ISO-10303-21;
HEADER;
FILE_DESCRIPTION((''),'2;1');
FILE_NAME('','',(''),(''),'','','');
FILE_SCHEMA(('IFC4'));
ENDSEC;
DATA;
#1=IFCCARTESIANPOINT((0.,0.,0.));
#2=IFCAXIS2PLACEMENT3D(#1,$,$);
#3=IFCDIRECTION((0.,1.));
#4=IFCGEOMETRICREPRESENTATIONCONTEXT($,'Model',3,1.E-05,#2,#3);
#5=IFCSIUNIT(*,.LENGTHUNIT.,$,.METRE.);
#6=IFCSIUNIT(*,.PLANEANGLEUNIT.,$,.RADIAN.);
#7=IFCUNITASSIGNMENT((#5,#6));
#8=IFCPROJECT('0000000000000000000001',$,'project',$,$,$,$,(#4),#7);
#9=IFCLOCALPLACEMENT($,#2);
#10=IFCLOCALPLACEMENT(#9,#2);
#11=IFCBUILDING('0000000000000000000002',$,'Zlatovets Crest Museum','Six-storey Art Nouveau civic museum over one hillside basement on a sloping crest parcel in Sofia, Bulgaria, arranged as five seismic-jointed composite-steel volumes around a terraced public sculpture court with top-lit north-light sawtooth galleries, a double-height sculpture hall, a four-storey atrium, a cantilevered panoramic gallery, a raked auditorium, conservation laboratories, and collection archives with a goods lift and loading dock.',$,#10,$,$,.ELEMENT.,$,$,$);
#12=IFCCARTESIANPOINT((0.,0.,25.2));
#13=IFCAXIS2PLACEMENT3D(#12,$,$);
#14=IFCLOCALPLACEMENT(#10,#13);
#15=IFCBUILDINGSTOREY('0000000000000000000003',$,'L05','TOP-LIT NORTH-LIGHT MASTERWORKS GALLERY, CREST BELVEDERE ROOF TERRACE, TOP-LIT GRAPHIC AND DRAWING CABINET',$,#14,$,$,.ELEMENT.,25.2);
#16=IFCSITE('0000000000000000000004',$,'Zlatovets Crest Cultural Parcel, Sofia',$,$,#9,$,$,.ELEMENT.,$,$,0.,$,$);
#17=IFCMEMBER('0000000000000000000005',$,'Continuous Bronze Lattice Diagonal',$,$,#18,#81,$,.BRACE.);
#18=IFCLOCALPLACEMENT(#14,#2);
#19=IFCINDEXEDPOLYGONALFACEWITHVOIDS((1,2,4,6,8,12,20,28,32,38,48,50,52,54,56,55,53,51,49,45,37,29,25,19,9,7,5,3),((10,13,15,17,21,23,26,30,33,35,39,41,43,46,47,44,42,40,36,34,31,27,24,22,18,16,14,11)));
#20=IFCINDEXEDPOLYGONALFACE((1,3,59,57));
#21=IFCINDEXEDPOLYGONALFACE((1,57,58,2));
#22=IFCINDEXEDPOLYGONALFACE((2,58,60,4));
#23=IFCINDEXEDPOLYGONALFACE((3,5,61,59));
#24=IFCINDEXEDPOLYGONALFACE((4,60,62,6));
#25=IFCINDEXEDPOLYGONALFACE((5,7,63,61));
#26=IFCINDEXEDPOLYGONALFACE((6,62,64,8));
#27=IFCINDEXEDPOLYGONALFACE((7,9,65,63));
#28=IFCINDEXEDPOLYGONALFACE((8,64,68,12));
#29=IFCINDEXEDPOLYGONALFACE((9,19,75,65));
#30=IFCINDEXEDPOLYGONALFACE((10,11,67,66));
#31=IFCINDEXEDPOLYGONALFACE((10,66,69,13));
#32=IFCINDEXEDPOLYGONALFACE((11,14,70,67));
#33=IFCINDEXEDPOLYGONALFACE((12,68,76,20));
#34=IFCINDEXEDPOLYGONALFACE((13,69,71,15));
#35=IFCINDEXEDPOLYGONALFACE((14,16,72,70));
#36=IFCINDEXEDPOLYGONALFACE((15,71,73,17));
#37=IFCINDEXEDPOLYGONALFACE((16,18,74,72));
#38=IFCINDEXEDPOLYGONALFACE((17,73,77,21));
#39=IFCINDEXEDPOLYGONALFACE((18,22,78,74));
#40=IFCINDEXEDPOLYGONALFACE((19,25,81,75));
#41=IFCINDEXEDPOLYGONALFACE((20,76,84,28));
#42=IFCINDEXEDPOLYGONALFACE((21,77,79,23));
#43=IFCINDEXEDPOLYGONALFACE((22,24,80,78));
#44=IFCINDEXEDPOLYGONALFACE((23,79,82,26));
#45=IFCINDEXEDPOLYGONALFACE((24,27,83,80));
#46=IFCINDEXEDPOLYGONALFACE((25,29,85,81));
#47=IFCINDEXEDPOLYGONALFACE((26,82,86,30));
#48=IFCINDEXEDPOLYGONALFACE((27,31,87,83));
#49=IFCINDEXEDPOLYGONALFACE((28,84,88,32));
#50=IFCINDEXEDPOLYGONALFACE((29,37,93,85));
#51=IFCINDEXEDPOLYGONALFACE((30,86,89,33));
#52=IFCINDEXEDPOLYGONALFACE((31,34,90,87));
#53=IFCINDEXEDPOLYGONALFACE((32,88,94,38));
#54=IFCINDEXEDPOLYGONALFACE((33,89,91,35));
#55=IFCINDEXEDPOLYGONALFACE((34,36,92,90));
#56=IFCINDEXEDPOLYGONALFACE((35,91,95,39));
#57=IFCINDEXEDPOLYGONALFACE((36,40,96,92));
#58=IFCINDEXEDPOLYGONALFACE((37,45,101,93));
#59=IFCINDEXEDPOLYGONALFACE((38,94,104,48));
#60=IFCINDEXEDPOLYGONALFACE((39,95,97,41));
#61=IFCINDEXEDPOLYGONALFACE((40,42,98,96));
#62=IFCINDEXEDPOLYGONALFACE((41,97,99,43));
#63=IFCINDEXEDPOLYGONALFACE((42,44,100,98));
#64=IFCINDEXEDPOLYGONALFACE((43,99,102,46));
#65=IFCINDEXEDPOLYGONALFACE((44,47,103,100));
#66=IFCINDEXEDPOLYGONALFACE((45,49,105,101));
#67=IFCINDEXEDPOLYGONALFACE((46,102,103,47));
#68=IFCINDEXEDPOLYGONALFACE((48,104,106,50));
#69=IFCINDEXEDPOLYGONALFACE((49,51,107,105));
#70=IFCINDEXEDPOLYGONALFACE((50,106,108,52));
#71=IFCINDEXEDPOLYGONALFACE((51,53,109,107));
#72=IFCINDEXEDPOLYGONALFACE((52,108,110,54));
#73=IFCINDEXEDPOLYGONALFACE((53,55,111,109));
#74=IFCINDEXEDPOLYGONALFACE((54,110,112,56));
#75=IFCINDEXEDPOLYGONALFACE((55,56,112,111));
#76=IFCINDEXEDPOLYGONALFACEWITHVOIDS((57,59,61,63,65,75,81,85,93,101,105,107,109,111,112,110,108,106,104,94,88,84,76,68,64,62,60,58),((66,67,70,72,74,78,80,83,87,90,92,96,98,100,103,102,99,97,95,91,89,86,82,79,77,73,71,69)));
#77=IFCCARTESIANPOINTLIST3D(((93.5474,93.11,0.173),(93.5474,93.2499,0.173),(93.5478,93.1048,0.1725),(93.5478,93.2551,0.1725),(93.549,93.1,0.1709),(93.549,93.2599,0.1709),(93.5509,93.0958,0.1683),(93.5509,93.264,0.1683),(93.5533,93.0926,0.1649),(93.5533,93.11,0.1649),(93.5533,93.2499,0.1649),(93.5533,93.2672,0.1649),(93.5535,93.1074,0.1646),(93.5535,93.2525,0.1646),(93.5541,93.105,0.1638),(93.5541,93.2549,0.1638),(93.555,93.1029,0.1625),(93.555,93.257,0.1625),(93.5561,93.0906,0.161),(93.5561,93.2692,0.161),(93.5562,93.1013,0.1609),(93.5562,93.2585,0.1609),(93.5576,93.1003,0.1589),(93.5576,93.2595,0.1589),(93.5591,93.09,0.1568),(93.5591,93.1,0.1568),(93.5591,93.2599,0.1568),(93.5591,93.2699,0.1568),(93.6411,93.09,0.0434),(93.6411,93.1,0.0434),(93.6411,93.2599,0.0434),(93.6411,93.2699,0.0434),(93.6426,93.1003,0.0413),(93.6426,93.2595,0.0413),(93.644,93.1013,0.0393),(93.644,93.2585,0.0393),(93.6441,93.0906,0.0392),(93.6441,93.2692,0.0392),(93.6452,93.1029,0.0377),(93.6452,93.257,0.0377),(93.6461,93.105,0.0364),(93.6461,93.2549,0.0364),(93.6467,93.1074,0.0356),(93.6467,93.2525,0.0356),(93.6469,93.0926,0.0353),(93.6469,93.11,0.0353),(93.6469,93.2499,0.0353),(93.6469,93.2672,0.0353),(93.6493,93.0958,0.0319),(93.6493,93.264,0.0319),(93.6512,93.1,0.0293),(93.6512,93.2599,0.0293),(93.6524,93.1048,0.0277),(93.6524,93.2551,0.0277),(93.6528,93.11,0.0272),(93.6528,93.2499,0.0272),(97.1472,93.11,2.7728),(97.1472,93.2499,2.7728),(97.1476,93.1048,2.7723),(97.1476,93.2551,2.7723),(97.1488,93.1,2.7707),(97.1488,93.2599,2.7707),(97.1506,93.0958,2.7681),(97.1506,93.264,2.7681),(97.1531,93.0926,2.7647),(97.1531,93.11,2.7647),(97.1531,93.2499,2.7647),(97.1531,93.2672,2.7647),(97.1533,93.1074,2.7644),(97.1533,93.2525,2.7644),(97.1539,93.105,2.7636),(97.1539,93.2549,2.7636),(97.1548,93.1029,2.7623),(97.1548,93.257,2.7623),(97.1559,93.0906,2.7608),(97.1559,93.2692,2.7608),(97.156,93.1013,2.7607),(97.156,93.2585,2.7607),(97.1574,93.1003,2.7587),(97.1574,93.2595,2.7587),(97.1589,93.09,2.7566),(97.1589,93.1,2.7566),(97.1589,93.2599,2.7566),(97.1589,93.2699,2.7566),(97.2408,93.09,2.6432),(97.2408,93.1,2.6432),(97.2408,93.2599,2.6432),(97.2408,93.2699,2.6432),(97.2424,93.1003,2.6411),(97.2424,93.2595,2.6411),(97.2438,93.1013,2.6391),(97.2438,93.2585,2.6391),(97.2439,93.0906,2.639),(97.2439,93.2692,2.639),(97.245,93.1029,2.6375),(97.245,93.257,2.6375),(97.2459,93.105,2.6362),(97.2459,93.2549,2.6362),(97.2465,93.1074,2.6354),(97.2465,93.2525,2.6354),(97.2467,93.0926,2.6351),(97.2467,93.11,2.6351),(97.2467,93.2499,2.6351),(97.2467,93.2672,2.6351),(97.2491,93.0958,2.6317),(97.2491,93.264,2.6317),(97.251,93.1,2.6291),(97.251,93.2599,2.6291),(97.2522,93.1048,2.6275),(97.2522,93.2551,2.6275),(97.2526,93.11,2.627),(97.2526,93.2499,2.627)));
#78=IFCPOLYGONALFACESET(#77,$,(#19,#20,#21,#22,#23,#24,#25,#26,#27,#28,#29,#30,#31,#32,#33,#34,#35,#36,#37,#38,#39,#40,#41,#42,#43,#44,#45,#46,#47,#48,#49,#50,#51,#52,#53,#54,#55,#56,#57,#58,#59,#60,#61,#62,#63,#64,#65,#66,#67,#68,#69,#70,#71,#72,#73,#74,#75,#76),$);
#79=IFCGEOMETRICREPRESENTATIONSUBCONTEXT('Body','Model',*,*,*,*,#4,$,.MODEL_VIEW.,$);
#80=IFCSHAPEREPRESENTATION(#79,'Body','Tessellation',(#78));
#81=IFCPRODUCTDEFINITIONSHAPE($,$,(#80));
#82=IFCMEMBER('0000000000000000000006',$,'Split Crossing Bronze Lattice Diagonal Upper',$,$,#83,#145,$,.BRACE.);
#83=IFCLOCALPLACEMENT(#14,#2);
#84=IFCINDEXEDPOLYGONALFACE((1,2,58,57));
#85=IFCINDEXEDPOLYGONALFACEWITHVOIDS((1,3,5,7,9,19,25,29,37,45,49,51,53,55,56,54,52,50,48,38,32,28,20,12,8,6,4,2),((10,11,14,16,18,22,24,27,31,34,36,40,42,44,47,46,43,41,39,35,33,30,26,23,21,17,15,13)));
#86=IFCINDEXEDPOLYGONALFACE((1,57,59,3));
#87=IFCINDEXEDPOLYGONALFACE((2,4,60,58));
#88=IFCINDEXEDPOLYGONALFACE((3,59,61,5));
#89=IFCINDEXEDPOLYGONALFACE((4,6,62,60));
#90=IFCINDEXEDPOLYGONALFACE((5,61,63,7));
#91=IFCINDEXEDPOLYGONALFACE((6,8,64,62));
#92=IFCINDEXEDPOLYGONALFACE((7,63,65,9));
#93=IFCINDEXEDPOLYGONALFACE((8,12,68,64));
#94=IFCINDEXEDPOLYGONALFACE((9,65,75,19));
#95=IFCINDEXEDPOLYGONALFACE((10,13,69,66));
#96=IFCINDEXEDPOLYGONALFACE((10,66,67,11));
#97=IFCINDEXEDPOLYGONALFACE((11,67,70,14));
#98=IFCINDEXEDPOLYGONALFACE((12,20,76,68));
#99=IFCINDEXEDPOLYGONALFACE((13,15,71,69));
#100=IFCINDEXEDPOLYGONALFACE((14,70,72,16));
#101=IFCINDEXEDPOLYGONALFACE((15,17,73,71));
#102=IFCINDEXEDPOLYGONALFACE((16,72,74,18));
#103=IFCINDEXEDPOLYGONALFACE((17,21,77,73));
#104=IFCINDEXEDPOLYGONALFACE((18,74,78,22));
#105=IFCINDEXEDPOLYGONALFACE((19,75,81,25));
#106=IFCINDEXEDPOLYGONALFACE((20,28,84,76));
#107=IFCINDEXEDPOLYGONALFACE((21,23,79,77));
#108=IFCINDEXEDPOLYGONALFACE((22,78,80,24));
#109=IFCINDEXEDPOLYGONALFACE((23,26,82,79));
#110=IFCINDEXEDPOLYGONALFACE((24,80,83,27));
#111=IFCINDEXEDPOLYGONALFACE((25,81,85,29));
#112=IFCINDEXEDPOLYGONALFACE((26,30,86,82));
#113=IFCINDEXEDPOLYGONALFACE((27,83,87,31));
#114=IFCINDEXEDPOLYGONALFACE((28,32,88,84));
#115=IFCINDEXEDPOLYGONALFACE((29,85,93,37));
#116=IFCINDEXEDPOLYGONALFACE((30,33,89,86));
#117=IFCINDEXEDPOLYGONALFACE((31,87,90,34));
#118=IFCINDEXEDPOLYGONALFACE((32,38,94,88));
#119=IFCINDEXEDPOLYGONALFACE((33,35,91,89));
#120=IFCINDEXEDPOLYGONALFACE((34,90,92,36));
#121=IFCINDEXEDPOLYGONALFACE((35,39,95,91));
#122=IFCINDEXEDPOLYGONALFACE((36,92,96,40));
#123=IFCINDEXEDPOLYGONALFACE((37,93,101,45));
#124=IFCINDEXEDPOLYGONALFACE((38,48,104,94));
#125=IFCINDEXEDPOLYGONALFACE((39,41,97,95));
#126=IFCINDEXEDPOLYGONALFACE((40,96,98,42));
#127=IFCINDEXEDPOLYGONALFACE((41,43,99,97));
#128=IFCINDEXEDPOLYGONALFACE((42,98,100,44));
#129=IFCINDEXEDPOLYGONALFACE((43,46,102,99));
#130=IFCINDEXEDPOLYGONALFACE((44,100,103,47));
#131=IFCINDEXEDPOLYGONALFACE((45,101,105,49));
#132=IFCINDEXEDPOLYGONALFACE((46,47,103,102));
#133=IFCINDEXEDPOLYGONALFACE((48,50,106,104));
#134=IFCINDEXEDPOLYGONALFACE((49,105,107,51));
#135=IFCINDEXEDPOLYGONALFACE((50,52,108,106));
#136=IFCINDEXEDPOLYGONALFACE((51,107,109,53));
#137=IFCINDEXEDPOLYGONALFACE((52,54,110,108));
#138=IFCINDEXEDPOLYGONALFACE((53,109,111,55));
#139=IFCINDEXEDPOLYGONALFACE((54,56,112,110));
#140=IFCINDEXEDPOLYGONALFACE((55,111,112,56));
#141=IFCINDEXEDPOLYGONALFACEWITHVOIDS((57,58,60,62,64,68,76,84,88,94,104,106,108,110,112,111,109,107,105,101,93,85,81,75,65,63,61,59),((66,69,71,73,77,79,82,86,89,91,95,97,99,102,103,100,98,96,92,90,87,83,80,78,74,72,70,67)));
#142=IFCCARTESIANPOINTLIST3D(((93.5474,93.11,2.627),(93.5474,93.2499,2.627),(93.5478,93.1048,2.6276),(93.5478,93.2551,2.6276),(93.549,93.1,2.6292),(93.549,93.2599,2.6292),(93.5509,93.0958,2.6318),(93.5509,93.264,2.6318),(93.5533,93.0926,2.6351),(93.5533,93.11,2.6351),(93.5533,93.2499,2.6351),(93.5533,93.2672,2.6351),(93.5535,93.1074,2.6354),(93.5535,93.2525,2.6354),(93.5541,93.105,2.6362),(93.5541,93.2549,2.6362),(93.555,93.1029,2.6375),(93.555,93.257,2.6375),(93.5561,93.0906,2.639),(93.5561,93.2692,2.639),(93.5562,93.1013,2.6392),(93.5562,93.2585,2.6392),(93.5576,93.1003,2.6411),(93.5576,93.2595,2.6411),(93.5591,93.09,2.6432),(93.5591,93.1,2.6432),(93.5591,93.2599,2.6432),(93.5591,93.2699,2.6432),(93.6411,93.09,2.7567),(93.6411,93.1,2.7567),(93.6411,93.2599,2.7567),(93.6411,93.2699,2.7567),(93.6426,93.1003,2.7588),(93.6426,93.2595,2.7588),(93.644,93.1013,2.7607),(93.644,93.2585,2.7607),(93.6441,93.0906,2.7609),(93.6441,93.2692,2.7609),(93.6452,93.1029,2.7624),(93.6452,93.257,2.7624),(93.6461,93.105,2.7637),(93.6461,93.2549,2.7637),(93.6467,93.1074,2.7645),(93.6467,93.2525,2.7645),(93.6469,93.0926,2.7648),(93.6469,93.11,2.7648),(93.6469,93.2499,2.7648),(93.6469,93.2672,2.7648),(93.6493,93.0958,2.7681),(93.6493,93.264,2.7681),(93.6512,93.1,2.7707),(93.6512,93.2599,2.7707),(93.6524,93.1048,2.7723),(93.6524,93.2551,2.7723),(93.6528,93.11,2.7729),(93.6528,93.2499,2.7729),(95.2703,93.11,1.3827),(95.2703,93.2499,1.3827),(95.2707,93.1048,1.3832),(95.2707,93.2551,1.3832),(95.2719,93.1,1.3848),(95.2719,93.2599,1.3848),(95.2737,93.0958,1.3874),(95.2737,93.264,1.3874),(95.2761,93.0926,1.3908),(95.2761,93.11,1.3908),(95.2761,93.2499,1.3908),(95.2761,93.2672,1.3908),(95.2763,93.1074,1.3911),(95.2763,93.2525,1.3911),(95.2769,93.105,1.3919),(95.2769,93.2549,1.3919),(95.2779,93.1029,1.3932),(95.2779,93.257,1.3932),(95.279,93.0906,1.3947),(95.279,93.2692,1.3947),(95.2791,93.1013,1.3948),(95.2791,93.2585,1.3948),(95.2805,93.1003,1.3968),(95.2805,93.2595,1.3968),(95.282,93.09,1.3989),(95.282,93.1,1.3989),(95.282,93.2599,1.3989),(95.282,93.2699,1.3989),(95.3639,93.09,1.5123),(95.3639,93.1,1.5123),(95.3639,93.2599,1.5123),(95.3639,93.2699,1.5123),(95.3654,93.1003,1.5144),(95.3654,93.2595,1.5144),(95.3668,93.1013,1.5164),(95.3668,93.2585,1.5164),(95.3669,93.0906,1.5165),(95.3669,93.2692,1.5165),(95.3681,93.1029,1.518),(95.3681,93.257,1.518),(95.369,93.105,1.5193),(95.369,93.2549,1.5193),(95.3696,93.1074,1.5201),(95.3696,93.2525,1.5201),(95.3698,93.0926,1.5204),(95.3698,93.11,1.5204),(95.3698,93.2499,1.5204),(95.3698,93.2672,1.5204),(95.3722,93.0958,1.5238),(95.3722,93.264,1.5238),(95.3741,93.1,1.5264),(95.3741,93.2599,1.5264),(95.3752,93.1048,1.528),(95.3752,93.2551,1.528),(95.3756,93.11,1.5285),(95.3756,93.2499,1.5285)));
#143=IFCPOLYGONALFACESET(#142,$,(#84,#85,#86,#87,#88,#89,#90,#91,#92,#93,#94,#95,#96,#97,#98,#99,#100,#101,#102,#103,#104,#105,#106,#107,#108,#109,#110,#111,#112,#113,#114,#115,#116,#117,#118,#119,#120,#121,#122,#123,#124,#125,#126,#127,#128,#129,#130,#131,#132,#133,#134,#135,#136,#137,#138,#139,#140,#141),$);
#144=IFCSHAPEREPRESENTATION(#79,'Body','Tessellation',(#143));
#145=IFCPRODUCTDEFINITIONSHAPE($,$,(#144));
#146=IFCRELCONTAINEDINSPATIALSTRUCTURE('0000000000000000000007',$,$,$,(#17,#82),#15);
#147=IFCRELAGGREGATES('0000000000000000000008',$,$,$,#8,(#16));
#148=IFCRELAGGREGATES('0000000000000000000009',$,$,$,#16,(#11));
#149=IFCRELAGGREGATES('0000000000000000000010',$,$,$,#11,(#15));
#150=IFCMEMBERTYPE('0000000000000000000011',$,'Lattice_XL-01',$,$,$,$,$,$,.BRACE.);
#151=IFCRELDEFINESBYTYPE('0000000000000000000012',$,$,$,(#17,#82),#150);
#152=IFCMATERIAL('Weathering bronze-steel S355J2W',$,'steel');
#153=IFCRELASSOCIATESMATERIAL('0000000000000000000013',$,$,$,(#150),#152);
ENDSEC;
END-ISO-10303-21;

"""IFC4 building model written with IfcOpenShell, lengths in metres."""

from ifc_helpers import new_model, si_unit, direction, frame, origin, origin_2d, place, context, subcontext, project, spatial, hollow_rectangle, extrude, material, material_profile, profile_set, type_object, element, save


model = new_model("IFC4")

# Units and contexts
model_context = context("Model", 3, precision=1e-05, world=origin(), true_north=direction((0.0, 1.0)))
body_context = subcontext(model_context, "Body", "Model", "MODEL_VIEW")
ifc_project = project(units=[si_unit("LENGTHUNIT", "METRE"), si_unit("PLANEANGLEUNIT", "RADIAN")], contexts=[model_context])

# Site, building, storey
site_placement = place(None, origin())
site = spatial("IfcSite", under=ifc_project, at=site_placement, Name="Zlatovets Crest Cultural Parcel, Sofia", CompositionType="ELEMENT", RefElevation=0.0)
building_placement = place(site_placement, origin())
building = spatial("IfcBuilding", under=site, at=building_placement, Name="Zlatovets Crest Museum", Description="Six-storey Art Nouveau civic museum over one hillside basement on a sloping crest parcel in Sofia, Bulgaria, arranged as five seismic-jointed composite-steel volumes around a terraced public sculpture court with top-lit north-light sawtooth galleries, a double-height sculpture hall, a four-storey atrium, a cantilevered panoramic gallery, a raked auditorium, conservation laboratories, and collection archives with a goods lift and loading dock.", CompositionType="ELEMENT")
storey_placement = place(building_placement, frame((0.0, 0.0, 25.2)))
storey = spatial("IfcBuildingStorey", under=building, at=storey_placement, Name="L05", Description="TOP-LIT NORTH-LIGHT MASTERWORKS GALLERY, CREST BELVEDERE ROOF TERRACE, TOP-LIT GRAPHIC AND DRAWING CABINET", CompositionType="ELEMENT", Elevation=25.2)

# Members
ifc_material_1 = material(Name="Weathering bronze-steel S355J2W", Category="steel")
ifc_material_profile_1 = material_profile(ifc_material_1, hollow_rectangle(XDim=0.1799, YDim=0.1799, WallThickness=0.01, InnerFilletRadius=0.01, OuterFilletRadius=0.02, at=origin_2d()), Name="SHS 180x180x10.0")
ifc_profile_set_1 = profile_set([ifc_material_profile_1], Name="Weathering bronze-steel S355J2W")
member_type_1 = type_object("IfcMemberType", Name="Lattice_XL-01", PredefinedType="BRACE", material=ifc_profile_set_1)
member_1_placement = place(storey_placement, frame((93.6001, 93.1799, 0.1001), z_axis=(0.810684, 0.0, 0.585485), x_axis=(0.0, 1.0, 0.0)))
element("IfcMember", 1, at=member_1_placement, inside=storey, type_object=member_type_1, Name="Continuous Bronze Lattice Diagonal", PredefinedType="BRACE", context=body_context, shape_type="SweptSolid", body=[
    extrude(hollow_rectangle(XDim=0.1799, YDim=0.1799, WallThickness=0.01, InnerFilletRadius=0.01, OuterFilletRadius=0.02, at=origin_2d()), origin(), (0.0, 0.0, 1.0), 4.4404),
])
for number, where, z_axis, x_axis, name in (
    (2, (93.6001, 93.1799, 2.7), (0.810664, 0.0, -0.585512), (0.0, 1.0, 0.0), "Split Crossing Bronze Lattice Diagonal Upper"),
):
    element("IfcMember", number, at=place(storey_placement, frame(where, z_axis=z_axis, x_axis=x_axis)), inside=storey, type_object=member_type_1, Name=name, PredefinedType="BRACE", context=body_context, shape_type="SweptSolid", body=[
        extrude(hollow_rectangle(XDim=0.1799, YDim=0.1799, WallThickness=0.01, InnerFilletRadius=0.01, OuterFilletRadius=0.02, at=origin_2d()), origin(), (0.0, 0.0, 1.0), 2.1252),
    ])

save(model, "model.ifc")
